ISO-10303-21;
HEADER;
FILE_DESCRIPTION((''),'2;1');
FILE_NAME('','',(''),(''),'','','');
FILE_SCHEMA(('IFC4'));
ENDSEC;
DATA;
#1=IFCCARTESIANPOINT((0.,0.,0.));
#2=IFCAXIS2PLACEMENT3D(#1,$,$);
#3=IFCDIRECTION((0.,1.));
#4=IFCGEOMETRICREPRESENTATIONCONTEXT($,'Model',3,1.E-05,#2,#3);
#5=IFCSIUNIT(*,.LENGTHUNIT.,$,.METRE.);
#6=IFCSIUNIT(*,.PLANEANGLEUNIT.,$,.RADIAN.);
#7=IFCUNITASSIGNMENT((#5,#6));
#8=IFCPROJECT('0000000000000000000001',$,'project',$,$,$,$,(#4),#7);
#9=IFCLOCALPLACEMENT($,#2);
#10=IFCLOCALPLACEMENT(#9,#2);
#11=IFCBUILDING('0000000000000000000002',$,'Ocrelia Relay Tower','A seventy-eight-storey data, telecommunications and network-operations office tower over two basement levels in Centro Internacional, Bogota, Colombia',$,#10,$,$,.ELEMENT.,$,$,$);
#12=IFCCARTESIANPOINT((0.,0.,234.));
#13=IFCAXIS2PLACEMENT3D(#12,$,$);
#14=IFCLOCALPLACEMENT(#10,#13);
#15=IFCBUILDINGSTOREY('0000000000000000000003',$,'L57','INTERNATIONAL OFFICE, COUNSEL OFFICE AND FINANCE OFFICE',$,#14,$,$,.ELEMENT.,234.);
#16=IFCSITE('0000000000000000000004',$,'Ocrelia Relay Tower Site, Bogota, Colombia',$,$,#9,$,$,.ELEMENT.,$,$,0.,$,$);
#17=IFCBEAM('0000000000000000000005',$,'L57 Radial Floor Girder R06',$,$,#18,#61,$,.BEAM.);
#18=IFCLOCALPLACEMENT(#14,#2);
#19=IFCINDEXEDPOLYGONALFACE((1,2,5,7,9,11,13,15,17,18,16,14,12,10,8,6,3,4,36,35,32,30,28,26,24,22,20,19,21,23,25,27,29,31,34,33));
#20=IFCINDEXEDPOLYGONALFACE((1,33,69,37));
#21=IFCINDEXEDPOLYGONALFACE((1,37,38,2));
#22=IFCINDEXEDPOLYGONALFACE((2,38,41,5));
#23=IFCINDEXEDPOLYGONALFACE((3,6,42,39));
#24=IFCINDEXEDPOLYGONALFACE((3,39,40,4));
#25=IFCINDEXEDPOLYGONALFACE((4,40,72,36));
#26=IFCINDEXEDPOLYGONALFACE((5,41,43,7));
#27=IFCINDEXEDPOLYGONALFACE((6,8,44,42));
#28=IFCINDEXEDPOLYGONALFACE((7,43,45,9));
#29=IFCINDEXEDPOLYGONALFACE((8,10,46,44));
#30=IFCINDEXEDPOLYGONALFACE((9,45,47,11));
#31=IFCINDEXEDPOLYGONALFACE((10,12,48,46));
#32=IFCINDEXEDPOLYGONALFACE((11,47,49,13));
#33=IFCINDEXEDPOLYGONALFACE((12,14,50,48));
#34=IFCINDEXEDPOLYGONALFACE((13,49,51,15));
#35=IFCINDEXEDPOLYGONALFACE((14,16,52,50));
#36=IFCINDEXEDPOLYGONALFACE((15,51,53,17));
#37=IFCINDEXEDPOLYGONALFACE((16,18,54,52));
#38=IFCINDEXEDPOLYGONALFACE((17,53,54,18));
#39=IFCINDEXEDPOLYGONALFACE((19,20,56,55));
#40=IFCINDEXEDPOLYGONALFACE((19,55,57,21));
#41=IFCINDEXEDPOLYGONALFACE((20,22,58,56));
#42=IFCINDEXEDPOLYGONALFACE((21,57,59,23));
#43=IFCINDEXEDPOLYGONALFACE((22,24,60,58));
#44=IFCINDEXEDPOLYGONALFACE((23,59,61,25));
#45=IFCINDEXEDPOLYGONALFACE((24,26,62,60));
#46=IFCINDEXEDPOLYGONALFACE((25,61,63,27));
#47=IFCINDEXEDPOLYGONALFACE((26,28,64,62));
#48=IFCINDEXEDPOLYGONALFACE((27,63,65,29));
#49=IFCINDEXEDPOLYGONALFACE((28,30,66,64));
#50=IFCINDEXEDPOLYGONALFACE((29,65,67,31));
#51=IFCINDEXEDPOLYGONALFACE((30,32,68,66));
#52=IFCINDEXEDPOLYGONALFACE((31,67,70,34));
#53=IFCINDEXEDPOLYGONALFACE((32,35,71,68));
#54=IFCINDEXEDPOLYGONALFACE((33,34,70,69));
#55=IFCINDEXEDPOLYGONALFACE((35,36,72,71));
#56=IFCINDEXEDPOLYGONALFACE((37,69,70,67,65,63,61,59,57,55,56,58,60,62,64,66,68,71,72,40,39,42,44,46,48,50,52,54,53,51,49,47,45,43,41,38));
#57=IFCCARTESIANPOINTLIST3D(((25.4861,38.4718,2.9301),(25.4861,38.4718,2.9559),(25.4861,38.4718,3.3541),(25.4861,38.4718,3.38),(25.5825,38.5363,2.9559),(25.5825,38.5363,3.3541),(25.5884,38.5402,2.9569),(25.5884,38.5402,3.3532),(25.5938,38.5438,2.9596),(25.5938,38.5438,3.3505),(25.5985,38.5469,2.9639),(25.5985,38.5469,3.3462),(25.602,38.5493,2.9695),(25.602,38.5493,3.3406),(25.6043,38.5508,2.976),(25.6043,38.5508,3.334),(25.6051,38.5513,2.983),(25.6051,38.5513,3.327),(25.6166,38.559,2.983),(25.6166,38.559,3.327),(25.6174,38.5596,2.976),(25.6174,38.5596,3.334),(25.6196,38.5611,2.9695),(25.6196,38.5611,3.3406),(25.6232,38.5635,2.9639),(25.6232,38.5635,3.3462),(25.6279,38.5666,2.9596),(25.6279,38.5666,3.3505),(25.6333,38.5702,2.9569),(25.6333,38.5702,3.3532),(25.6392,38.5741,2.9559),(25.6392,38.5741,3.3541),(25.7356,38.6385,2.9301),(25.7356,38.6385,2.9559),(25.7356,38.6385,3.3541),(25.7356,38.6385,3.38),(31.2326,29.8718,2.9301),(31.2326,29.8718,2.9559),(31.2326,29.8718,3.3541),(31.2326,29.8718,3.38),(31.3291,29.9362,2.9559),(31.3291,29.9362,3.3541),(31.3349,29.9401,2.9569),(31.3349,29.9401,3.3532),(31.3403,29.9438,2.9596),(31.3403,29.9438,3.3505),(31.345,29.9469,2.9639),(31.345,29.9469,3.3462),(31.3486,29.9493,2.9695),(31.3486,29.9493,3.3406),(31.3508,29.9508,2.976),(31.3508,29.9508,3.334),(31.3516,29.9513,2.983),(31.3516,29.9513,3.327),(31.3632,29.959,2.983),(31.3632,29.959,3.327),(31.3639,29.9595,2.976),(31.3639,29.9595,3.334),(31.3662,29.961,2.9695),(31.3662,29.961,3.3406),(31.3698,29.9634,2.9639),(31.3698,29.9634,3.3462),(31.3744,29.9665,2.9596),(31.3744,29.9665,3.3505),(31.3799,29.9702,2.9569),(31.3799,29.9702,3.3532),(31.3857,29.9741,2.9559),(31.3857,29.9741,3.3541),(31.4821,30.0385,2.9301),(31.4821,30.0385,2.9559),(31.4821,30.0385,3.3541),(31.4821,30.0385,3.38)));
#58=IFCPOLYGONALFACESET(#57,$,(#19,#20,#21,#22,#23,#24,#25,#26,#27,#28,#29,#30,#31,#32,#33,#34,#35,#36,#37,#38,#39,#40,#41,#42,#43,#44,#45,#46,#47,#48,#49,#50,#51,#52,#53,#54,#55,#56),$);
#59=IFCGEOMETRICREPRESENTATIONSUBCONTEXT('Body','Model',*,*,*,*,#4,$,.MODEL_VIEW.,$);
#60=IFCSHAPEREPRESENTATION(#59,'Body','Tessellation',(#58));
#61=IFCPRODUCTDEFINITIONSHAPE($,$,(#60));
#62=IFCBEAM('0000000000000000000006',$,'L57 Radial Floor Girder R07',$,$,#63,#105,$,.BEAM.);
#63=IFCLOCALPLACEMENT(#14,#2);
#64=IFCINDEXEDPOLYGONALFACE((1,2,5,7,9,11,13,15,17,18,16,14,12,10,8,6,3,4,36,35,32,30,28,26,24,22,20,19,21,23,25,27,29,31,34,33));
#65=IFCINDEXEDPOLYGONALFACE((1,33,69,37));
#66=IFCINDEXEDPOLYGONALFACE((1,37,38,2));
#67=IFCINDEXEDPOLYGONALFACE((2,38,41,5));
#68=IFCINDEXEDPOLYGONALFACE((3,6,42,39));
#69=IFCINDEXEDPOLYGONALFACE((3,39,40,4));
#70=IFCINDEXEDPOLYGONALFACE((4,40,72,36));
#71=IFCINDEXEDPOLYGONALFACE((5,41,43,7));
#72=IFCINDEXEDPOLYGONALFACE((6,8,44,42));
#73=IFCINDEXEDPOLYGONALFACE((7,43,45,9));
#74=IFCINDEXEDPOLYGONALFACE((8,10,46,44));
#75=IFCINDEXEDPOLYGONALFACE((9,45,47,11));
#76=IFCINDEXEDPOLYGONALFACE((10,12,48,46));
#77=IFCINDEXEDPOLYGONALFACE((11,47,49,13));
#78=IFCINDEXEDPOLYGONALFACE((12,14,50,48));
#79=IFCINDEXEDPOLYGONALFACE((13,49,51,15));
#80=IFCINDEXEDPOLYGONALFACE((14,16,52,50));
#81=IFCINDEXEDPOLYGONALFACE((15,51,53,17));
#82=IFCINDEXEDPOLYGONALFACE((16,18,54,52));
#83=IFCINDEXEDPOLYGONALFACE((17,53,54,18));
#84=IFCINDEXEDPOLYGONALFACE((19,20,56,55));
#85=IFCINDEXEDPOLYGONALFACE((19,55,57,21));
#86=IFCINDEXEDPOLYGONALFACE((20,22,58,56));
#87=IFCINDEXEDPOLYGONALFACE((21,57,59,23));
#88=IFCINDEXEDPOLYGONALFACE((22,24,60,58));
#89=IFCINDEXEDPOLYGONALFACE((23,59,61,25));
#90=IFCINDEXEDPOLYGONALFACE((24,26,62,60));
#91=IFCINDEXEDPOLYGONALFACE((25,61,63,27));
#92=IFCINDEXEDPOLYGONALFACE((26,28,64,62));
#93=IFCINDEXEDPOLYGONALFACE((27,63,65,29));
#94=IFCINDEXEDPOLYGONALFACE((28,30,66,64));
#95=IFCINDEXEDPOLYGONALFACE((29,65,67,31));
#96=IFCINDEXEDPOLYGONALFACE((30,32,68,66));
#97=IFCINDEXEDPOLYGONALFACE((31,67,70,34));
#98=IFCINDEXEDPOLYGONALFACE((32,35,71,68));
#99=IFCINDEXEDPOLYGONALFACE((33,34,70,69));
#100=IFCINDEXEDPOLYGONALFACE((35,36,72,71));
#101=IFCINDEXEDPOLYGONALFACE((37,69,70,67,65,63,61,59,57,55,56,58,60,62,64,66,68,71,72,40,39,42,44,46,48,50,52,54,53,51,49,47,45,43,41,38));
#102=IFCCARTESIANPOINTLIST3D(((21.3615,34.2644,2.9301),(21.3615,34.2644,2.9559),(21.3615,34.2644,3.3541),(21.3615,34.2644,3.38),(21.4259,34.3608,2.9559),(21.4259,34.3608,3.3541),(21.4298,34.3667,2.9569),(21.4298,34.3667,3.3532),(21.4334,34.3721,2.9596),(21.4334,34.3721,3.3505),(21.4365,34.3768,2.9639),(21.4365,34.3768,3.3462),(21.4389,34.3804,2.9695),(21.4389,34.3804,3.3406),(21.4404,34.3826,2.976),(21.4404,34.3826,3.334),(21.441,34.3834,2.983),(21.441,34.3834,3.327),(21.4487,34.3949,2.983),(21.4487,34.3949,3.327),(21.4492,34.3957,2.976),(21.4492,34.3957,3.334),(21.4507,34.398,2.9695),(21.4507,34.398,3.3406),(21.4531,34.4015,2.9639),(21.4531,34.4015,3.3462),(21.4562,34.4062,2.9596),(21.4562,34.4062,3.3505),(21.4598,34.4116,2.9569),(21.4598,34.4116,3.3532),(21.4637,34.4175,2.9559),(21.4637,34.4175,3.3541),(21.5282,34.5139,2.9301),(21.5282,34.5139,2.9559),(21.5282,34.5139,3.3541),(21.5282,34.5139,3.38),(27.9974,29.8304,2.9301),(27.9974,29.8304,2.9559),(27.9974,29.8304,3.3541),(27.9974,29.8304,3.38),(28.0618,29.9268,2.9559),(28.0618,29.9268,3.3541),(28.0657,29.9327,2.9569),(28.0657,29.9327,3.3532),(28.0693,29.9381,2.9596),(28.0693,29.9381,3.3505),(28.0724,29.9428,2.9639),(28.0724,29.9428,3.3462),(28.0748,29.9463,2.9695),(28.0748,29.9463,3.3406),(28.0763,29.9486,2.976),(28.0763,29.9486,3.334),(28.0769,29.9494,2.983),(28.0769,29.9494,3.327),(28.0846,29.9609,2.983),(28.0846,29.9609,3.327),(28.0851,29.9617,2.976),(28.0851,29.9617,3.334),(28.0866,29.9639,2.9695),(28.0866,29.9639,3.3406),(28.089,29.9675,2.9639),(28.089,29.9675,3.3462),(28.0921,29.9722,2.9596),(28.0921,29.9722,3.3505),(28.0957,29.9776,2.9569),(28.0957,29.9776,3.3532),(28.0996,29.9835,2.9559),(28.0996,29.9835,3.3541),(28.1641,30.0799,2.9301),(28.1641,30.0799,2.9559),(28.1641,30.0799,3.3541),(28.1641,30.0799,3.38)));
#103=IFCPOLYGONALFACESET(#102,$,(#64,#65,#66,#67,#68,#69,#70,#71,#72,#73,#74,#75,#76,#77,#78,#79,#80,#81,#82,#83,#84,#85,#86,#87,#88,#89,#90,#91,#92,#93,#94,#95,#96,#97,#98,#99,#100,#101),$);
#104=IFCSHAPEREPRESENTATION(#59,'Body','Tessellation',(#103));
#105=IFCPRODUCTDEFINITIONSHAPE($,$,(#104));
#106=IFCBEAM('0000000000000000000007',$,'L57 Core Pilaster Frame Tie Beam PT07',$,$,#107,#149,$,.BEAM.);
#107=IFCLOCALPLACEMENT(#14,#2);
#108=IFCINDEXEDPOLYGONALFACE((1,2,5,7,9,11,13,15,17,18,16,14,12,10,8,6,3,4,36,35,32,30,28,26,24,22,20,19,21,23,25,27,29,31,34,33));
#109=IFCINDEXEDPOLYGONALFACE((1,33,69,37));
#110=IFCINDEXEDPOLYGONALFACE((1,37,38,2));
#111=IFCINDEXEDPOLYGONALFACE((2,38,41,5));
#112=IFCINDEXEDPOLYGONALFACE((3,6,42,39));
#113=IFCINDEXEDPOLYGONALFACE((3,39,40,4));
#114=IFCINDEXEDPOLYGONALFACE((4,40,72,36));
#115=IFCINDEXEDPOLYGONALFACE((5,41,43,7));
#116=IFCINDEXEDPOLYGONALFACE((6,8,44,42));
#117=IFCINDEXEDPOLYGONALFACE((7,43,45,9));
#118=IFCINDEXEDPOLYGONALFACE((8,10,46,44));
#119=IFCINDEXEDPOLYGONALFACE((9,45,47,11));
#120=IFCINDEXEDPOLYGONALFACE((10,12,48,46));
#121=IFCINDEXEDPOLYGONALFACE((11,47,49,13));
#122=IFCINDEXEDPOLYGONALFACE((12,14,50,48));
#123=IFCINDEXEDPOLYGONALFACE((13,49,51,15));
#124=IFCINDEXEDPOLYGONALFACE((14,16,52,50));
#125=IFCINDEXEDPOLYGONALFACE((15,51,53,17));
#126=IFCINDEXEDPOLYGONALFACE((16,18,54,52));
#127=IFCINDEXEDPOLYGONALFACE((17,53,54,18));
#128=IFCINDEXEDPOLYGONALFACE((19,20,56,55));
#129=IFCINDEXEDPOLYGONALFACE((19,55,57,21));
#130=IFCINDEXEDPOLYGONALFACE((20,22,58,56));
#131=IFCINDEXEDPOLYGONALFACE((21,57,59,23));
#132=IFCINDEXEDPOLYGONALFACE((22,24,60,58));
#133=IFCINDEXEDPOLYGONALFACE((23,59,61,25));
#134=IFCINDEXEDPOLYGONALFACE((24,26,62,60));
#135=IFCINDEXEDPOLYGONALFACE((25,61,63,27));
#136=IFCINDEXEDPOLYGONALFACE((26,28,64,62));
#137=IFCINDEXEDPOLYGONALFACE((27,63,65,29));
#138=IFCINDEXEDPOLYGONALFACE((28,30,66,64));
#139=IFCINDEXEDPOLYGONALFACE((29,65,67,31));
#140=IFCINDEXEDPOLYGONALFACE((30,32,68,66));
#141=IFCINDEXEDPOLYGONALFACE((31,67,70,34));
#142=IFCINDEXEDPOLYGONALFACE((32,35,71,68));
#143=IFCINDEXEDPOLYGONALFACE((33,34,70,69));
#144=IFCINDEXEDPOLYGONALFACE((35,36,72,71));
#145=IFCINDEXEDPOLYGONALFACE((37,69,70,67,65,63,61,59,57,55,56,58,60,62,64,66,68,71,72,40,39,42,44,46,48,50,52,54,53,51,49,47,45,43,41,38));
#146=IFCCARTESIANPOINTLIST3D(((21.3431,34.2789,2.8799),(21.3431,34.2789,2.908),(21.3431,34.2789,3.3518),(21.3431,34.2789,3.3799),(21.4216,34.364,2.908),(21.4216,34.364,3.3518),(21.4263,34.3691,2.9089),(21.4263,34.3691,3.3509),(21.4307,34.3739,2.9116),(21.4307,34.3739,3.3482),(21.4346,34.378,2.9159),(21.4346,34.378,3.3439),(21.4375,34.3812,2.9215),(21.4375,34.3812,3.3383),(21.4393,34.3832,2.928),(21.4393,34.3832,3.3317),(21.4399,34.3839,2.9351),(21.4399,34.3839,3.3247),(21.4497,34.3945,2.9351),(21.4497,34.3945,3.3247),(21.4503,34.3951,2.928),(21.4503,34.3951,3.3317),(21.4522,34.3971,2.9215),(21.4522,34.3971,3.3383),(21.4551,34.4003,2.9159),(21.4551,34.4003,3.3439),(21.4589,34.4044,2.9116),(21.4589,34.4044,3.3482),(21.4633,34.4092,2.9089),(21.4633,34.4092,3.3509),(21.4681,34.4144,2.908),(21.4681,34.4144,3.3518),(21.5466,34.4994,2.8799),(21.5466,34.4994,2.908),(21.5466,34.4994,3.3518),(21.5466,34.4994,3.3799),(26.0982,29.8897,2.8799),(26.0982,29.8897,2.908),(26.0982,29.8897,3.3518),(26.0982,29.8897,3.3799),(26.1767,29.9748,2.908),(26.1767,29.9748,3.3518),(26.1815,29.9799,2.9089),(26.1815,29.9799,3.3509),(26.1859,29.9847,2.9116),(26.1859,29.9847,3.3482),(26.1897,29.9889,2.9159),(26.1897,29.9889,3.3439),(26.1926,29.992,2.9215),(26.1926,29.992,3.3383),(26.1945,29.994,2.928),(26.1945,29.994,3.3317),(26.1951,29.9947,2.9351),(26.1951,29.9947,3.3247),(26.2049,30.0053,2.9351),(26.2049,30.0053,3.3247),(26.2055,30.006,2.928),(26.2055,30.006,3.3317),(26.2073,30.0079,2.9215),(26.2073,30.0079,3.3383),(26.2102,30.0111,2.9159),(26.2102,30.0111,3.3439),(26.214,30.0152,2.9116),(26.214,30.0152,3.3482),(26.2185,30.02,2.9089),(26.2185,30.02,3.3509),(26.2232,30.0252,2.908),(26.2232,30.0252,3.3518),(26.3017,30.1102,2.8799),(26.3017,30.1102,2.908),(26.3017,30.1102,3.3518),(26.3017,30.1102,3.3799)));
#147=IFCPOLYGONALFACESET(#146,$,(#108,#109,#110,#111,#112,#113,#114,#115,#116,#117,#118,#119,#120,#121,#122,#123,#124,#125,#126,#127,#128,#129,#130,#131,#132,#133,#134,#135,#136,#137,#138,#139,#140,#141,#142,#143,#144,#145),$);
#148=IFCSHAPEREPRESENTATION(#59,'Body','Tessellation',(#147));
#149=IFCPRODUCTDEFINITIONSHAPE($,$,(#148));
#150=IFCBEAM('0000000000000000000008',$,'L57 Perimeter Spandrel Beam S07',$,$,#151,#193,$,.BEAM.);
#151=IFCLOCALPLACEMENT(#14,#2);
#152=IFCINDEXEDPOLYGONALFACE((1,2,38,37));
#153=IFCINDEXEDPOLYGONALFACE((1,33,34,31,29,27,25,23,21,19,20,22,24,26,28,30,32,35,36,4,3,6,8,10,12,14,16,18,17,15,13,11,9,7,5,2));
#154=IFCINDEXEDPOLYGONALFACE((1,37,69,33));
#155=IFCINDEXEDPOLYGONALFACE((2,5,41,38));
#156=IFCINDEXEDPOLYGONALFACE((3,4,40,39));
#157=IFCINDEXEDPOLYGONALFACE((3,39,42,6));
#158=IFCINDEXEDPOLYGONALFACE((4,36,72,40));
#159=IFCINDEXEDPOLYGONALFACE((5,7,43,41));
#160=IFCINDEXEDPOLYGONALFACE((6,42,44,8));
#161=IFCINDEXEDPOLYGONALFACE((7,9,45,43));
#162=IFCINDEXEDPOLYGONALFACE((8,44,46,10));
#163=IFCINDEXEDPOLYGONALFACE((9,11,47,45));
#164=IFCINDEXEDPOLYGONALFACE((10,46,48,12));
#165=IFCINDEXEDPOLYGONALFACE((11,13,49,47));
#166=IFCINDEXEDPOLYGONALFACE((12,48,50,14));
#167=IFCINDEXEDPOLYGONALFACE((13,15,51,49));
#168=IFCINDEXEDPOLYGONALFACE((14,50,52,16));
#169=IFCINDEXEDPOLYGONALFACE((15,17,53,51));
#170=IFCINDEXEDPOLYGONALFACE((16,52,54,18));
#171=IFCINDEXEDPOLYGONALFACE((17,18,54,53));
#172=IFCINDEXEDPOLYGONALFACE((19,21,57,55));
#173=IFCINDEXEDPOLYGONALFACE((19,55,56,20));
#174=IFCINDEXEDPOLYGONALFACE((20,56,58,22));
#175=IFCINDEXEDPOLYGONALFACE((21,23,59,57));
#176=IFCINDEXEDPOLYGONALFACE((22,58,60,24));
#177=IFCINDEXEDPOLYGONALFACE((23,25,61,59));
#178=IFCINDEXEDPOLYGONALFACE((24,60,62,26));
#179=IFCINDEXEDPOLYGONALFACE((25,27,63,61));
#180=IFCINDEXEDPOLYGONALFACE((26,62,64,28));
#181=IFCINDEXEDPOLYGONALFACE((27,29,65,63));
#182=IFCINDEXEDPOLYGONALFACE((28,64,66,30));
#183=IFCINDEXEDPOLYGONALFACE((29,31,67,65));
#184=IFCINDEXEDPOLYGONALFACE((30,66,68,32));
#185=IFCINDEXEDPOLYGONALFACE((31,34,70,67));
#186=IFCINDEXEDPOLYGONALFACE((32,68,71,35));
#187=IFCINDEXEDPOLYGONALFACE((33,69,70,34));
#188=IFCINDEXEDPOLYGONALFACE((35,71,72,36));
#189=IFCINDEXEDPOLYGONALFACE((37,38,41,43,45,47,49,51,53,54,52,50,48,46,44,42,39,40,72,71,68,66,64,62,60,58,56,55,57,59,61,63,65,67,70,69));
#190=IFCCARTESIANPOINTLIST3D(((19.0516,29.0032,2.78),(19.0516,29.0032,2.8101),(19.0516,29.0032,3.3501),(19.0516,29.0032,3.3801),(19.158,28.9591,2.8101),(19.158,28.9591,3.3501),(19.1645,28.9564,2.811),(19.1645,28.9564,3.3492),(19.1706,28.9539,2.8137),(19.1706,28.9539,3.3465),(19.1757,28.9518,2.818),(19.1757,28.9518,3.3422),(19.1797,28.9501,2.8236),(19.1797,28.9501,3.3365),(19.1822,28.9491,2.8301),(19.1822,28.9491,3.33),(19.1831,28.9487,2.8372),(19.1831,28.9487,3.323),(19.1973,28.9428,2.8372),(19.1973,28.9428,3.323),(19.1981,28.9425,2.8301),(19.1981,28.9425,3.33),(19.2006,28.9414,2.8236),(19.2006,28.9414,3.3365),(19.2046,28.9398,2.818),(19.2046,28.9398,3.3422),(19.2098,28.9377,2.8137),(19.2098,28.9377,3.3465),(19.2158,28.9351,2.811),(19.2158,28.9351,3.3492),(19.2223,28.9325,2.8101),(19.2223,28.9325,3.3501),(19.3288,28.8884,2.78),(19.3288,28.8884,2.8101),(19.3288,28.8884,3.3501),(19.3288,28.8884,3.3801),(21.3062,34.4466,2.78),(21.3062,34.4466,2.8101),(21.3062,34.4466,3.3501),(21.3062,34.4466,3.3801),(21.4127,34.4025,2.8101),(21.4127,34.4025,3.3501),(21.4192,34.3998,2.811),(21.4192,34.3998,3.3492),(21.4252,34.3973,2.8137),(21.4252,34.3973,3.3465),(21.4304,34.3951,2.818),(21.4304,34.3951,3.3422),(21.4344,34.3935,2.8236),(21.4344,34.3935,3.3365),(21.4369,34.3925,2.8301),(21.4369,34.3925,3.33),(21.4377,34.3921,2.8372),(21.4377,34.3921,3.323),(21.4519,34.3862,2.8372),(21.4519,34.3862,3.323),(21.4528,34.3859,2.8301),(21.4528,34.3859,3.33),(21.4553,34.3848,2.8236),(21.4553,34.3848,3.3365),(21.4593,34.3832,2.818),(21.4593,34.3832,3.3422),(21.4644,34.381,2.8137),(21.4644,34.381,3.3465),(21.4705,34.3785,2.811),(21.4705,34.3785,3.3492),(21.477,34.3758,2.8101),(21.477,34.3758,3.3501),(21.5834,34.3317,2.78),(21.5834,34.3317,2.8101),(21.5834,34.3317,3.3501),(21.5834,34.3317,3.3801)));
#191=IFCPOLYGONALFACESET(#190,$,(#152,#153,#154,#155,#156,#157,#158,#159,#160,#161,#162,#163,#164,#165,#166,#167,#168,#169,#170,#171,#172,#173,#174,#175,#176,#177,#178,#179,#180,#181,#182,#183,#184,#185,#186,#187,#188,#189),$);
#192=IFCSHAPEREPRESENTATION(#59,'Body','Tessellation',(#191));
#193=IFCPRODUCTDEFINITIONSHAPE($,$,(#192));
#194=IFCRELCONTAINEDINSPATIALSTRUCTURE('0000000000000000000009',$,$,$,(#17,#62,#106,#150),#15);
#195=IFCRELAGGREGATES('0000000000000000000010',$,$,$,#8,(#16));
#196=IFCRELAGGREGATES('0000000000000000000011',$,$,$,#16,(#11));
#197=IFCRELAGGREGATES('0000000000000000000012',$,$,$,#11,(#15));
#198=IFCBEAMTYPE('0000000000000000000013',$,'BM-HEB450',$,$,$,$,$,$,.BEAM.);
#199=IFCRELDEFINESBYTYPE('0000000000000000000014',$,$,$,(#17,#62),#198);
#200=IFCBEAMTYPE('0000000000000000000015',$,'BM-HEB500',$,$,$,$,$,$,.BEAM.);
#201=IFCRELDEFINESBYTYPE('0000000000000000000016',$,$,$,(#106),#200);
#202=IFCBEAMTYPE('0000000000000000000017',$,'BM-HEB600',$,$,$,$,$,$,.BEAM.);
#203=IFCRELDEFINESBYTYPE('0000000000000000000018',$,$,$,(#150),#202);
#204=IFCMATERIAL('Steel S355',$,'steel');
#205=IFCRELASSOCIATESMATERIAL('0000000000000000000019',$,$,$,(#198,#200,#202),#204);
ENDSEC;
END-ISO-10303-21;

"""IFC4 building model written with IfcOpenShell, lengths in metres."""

from ifc_helpers import new_model, si_unit, direction, frame, origin, origin_2d, place, context, subcontext, project, spatial, i_section, extrude, material, material_profile, profile_set, type_object, element, save


model = new_model("IFC4")

# Units and contexts
model_context = context("Model", 3, precision=1e-05, world=origin(), true_north=direction((0.0, 1.0)))
body_context = subcontext(model_context, "Body", "Model", "MODEL_VIEW")
ifc_project = project(units=[si_unit("LENGTHUNIT", "METRE"), si_unit("PLANEANGLEUNIT", "RADIAN")], contexts=[model_context])

# Site, building, storey
site_placement = place(None, origin())
site = spatial("IfcSite", under=ifc_project, at=site_placement, Name="Ocrelia Relay Tower Site, Bogota, Colombia", CompositionType="ELEMENT", RefElevation=0.0)
building_placement = place(site_placement, origin())
building = spatial("IfcBuilding", under=site, at=building_placement, Name="Ocrelia Relay Tower", Description="A seventy-eight-storey data, telecommunications and network-operations office tower over two basement levels in Centro Internacional, Bogota, Colombia", CompositionType="ELEMENT")
storey_placement = place(building_placement, frame((0.0, 0.0, 234.0)))
storey = spatial("IfcBuildingStorey", under=building, at=storey_placement, Name="L57", Description="INTERNATIONAL OFFICE, COUNSEL OFFICE AND FINANCE OFFICE", CompositionType="ELEMENT", Elevation=234.0)

# Beams
ifc_material_1 = material(Name="Steel S355", Category="steel")
ifc_material_profile_1 = material_profile(ifc_material_1, i_section(OverallWidth=0.3, OverallDepth=0.45, WebThickness=0.0139, FlangeThickness=0.0259, FilletRadius=0.0271, at=origin_2d()), Name="HEB 450")
ifc_profile_set_1 = profile_set([ifc_material_profile_1], Name="Steel S355")
beam_type_1 = type_object("IfcBeamType", Name="BM-HEB450", PredefinedType="BEAM", material=ifc_profile_set_1)
beam_1_placement = place(storey_placement, frame((25.6108, 38.5552, 3.155), z_axis=(0.555582, -0.831462, 0.0), x_axis=(0.831462, 0.555582, 0.0)))
element("IfcBeam", 1, at=beam_1_placement, inside=storey, type_object=beam_type_1, Name="L57 Radial Floor Girder R06", PredefinedType="BEAM", context=body_context, shape_type="SweptSolid", body=[
    extrude(i_section(OverallWidth=0.3, OverallDepth=0.45, WebThickness=0.0139, FlangeThickness=0.0259, FilletRadius=0.0271, at=origin_2d()), origin(), (0.0, 0.0, 1.0), 10.3433),
])
beam_2_placement = place(storey_placement, frame((21.4448, 34.3892, 3.155), z_axis=(0.831466, -0.555575, 0.0), x_axis=(0.555575, 0.831466, 0.0)))
element("IfcBeam", 2, at=beam_2_placement, inside=storey, type_object=beam_type_1, Name="L57 Radial Floor Girder R07", PredefinedType="BEAM", context=body_context, shape_type="SweptSolid", body=[
    extrude(i_section(OverallWidth=0.3, OverallDepth=0.45, WebThickness=0.0139, FlangeThickness=0.0259, FilletRadius=0.0271, at=origin_2d()), origin(), (0.0, 0.0, 1.0), 7.981),
])
ifc_material_profile_2 = material_profile(ifc_material_1, i_section(OverallWidth=0.3, OverallDepth=0.5, WebThickness=0.0144, FlangeThickness=0.0281, FilletRadius=0.0271, at=origin_2d()), Name="HEB 500")
ifc_profile_set_2 = profile_set([ifc_material_profile_2], Name="Steel S355")
beam_type_2 = type_object("IfcBeamType", Name="BM-HEB500", PredefinedType="BEAM", material=ifc_profile_set_2)
beam_3_placement = place(storey_placement, frame((21.4448, 34.3892, 3.1299), z_axis=(0.734818, -0.678264, 0.0), x_axis=(0.678264, 0.734818, 0.0)))
element("IfcBeam", 3, at=beam_3_placement, inside=storey, type_object=beam_type_2, Name="L57 Core Pilaster Frame Tie Beam PT07", PredefinedType="BEAM", context=body_context, shape_type="SweptSolid", body=[
    extrude(i_section(OverallWidth=0.3, OverallDepth=0.5, WebThickness=0.0144, FlangeThickness=0.0281, FilletRadius=0.0271, at=origin_2d()), origin(), (0.0, 0.0, 1.0), 6.4712),
])
ifc_material_profile_3 = material_profile(ifc_material_1, i_section(OverallWidth=0.3, OverallDepth=0.6001, WebThickness=0.0154, FlangeThickness=0.03, FilletRadius=0.0271, at=origin_2d()), Name="HEB 600")
ifc_profile_set_3 = profile_set([ifc_material_profile_3], Name="Steel S355")
beam_type_3 = type_object("IfcBeamType", Name="BM-HEB600", PredefinedType="BEAM", material=ifc_profile_set_3)
beam_4_placement = place(storey_placement, frame((21.4448, 34.3892, 3.0801), z_axis=(-0.382673, -0.923884, 0.0), x_axis=(0.923884, -0.382673, 0.0)))
element("IfcBeam", 4, at=beam_4_placement, inside=storey, type_object=beam_type_3, Name="L57 Perimeter Spandrel Beam S07", PredefinedType="BEAM", context=body_context, shape_type="SweptSolid", body=[
    extrude(i_section(OverallWidth=0.3, OverallDepth=0.6001, WebThickness=0.0154, FlangeThickness=0.03, FilletRadius=0.0271, at=origin_2d()), origin(), (0.0, 0.0, 1.0), 5.8918),
])

save(model, "model.ifc")
